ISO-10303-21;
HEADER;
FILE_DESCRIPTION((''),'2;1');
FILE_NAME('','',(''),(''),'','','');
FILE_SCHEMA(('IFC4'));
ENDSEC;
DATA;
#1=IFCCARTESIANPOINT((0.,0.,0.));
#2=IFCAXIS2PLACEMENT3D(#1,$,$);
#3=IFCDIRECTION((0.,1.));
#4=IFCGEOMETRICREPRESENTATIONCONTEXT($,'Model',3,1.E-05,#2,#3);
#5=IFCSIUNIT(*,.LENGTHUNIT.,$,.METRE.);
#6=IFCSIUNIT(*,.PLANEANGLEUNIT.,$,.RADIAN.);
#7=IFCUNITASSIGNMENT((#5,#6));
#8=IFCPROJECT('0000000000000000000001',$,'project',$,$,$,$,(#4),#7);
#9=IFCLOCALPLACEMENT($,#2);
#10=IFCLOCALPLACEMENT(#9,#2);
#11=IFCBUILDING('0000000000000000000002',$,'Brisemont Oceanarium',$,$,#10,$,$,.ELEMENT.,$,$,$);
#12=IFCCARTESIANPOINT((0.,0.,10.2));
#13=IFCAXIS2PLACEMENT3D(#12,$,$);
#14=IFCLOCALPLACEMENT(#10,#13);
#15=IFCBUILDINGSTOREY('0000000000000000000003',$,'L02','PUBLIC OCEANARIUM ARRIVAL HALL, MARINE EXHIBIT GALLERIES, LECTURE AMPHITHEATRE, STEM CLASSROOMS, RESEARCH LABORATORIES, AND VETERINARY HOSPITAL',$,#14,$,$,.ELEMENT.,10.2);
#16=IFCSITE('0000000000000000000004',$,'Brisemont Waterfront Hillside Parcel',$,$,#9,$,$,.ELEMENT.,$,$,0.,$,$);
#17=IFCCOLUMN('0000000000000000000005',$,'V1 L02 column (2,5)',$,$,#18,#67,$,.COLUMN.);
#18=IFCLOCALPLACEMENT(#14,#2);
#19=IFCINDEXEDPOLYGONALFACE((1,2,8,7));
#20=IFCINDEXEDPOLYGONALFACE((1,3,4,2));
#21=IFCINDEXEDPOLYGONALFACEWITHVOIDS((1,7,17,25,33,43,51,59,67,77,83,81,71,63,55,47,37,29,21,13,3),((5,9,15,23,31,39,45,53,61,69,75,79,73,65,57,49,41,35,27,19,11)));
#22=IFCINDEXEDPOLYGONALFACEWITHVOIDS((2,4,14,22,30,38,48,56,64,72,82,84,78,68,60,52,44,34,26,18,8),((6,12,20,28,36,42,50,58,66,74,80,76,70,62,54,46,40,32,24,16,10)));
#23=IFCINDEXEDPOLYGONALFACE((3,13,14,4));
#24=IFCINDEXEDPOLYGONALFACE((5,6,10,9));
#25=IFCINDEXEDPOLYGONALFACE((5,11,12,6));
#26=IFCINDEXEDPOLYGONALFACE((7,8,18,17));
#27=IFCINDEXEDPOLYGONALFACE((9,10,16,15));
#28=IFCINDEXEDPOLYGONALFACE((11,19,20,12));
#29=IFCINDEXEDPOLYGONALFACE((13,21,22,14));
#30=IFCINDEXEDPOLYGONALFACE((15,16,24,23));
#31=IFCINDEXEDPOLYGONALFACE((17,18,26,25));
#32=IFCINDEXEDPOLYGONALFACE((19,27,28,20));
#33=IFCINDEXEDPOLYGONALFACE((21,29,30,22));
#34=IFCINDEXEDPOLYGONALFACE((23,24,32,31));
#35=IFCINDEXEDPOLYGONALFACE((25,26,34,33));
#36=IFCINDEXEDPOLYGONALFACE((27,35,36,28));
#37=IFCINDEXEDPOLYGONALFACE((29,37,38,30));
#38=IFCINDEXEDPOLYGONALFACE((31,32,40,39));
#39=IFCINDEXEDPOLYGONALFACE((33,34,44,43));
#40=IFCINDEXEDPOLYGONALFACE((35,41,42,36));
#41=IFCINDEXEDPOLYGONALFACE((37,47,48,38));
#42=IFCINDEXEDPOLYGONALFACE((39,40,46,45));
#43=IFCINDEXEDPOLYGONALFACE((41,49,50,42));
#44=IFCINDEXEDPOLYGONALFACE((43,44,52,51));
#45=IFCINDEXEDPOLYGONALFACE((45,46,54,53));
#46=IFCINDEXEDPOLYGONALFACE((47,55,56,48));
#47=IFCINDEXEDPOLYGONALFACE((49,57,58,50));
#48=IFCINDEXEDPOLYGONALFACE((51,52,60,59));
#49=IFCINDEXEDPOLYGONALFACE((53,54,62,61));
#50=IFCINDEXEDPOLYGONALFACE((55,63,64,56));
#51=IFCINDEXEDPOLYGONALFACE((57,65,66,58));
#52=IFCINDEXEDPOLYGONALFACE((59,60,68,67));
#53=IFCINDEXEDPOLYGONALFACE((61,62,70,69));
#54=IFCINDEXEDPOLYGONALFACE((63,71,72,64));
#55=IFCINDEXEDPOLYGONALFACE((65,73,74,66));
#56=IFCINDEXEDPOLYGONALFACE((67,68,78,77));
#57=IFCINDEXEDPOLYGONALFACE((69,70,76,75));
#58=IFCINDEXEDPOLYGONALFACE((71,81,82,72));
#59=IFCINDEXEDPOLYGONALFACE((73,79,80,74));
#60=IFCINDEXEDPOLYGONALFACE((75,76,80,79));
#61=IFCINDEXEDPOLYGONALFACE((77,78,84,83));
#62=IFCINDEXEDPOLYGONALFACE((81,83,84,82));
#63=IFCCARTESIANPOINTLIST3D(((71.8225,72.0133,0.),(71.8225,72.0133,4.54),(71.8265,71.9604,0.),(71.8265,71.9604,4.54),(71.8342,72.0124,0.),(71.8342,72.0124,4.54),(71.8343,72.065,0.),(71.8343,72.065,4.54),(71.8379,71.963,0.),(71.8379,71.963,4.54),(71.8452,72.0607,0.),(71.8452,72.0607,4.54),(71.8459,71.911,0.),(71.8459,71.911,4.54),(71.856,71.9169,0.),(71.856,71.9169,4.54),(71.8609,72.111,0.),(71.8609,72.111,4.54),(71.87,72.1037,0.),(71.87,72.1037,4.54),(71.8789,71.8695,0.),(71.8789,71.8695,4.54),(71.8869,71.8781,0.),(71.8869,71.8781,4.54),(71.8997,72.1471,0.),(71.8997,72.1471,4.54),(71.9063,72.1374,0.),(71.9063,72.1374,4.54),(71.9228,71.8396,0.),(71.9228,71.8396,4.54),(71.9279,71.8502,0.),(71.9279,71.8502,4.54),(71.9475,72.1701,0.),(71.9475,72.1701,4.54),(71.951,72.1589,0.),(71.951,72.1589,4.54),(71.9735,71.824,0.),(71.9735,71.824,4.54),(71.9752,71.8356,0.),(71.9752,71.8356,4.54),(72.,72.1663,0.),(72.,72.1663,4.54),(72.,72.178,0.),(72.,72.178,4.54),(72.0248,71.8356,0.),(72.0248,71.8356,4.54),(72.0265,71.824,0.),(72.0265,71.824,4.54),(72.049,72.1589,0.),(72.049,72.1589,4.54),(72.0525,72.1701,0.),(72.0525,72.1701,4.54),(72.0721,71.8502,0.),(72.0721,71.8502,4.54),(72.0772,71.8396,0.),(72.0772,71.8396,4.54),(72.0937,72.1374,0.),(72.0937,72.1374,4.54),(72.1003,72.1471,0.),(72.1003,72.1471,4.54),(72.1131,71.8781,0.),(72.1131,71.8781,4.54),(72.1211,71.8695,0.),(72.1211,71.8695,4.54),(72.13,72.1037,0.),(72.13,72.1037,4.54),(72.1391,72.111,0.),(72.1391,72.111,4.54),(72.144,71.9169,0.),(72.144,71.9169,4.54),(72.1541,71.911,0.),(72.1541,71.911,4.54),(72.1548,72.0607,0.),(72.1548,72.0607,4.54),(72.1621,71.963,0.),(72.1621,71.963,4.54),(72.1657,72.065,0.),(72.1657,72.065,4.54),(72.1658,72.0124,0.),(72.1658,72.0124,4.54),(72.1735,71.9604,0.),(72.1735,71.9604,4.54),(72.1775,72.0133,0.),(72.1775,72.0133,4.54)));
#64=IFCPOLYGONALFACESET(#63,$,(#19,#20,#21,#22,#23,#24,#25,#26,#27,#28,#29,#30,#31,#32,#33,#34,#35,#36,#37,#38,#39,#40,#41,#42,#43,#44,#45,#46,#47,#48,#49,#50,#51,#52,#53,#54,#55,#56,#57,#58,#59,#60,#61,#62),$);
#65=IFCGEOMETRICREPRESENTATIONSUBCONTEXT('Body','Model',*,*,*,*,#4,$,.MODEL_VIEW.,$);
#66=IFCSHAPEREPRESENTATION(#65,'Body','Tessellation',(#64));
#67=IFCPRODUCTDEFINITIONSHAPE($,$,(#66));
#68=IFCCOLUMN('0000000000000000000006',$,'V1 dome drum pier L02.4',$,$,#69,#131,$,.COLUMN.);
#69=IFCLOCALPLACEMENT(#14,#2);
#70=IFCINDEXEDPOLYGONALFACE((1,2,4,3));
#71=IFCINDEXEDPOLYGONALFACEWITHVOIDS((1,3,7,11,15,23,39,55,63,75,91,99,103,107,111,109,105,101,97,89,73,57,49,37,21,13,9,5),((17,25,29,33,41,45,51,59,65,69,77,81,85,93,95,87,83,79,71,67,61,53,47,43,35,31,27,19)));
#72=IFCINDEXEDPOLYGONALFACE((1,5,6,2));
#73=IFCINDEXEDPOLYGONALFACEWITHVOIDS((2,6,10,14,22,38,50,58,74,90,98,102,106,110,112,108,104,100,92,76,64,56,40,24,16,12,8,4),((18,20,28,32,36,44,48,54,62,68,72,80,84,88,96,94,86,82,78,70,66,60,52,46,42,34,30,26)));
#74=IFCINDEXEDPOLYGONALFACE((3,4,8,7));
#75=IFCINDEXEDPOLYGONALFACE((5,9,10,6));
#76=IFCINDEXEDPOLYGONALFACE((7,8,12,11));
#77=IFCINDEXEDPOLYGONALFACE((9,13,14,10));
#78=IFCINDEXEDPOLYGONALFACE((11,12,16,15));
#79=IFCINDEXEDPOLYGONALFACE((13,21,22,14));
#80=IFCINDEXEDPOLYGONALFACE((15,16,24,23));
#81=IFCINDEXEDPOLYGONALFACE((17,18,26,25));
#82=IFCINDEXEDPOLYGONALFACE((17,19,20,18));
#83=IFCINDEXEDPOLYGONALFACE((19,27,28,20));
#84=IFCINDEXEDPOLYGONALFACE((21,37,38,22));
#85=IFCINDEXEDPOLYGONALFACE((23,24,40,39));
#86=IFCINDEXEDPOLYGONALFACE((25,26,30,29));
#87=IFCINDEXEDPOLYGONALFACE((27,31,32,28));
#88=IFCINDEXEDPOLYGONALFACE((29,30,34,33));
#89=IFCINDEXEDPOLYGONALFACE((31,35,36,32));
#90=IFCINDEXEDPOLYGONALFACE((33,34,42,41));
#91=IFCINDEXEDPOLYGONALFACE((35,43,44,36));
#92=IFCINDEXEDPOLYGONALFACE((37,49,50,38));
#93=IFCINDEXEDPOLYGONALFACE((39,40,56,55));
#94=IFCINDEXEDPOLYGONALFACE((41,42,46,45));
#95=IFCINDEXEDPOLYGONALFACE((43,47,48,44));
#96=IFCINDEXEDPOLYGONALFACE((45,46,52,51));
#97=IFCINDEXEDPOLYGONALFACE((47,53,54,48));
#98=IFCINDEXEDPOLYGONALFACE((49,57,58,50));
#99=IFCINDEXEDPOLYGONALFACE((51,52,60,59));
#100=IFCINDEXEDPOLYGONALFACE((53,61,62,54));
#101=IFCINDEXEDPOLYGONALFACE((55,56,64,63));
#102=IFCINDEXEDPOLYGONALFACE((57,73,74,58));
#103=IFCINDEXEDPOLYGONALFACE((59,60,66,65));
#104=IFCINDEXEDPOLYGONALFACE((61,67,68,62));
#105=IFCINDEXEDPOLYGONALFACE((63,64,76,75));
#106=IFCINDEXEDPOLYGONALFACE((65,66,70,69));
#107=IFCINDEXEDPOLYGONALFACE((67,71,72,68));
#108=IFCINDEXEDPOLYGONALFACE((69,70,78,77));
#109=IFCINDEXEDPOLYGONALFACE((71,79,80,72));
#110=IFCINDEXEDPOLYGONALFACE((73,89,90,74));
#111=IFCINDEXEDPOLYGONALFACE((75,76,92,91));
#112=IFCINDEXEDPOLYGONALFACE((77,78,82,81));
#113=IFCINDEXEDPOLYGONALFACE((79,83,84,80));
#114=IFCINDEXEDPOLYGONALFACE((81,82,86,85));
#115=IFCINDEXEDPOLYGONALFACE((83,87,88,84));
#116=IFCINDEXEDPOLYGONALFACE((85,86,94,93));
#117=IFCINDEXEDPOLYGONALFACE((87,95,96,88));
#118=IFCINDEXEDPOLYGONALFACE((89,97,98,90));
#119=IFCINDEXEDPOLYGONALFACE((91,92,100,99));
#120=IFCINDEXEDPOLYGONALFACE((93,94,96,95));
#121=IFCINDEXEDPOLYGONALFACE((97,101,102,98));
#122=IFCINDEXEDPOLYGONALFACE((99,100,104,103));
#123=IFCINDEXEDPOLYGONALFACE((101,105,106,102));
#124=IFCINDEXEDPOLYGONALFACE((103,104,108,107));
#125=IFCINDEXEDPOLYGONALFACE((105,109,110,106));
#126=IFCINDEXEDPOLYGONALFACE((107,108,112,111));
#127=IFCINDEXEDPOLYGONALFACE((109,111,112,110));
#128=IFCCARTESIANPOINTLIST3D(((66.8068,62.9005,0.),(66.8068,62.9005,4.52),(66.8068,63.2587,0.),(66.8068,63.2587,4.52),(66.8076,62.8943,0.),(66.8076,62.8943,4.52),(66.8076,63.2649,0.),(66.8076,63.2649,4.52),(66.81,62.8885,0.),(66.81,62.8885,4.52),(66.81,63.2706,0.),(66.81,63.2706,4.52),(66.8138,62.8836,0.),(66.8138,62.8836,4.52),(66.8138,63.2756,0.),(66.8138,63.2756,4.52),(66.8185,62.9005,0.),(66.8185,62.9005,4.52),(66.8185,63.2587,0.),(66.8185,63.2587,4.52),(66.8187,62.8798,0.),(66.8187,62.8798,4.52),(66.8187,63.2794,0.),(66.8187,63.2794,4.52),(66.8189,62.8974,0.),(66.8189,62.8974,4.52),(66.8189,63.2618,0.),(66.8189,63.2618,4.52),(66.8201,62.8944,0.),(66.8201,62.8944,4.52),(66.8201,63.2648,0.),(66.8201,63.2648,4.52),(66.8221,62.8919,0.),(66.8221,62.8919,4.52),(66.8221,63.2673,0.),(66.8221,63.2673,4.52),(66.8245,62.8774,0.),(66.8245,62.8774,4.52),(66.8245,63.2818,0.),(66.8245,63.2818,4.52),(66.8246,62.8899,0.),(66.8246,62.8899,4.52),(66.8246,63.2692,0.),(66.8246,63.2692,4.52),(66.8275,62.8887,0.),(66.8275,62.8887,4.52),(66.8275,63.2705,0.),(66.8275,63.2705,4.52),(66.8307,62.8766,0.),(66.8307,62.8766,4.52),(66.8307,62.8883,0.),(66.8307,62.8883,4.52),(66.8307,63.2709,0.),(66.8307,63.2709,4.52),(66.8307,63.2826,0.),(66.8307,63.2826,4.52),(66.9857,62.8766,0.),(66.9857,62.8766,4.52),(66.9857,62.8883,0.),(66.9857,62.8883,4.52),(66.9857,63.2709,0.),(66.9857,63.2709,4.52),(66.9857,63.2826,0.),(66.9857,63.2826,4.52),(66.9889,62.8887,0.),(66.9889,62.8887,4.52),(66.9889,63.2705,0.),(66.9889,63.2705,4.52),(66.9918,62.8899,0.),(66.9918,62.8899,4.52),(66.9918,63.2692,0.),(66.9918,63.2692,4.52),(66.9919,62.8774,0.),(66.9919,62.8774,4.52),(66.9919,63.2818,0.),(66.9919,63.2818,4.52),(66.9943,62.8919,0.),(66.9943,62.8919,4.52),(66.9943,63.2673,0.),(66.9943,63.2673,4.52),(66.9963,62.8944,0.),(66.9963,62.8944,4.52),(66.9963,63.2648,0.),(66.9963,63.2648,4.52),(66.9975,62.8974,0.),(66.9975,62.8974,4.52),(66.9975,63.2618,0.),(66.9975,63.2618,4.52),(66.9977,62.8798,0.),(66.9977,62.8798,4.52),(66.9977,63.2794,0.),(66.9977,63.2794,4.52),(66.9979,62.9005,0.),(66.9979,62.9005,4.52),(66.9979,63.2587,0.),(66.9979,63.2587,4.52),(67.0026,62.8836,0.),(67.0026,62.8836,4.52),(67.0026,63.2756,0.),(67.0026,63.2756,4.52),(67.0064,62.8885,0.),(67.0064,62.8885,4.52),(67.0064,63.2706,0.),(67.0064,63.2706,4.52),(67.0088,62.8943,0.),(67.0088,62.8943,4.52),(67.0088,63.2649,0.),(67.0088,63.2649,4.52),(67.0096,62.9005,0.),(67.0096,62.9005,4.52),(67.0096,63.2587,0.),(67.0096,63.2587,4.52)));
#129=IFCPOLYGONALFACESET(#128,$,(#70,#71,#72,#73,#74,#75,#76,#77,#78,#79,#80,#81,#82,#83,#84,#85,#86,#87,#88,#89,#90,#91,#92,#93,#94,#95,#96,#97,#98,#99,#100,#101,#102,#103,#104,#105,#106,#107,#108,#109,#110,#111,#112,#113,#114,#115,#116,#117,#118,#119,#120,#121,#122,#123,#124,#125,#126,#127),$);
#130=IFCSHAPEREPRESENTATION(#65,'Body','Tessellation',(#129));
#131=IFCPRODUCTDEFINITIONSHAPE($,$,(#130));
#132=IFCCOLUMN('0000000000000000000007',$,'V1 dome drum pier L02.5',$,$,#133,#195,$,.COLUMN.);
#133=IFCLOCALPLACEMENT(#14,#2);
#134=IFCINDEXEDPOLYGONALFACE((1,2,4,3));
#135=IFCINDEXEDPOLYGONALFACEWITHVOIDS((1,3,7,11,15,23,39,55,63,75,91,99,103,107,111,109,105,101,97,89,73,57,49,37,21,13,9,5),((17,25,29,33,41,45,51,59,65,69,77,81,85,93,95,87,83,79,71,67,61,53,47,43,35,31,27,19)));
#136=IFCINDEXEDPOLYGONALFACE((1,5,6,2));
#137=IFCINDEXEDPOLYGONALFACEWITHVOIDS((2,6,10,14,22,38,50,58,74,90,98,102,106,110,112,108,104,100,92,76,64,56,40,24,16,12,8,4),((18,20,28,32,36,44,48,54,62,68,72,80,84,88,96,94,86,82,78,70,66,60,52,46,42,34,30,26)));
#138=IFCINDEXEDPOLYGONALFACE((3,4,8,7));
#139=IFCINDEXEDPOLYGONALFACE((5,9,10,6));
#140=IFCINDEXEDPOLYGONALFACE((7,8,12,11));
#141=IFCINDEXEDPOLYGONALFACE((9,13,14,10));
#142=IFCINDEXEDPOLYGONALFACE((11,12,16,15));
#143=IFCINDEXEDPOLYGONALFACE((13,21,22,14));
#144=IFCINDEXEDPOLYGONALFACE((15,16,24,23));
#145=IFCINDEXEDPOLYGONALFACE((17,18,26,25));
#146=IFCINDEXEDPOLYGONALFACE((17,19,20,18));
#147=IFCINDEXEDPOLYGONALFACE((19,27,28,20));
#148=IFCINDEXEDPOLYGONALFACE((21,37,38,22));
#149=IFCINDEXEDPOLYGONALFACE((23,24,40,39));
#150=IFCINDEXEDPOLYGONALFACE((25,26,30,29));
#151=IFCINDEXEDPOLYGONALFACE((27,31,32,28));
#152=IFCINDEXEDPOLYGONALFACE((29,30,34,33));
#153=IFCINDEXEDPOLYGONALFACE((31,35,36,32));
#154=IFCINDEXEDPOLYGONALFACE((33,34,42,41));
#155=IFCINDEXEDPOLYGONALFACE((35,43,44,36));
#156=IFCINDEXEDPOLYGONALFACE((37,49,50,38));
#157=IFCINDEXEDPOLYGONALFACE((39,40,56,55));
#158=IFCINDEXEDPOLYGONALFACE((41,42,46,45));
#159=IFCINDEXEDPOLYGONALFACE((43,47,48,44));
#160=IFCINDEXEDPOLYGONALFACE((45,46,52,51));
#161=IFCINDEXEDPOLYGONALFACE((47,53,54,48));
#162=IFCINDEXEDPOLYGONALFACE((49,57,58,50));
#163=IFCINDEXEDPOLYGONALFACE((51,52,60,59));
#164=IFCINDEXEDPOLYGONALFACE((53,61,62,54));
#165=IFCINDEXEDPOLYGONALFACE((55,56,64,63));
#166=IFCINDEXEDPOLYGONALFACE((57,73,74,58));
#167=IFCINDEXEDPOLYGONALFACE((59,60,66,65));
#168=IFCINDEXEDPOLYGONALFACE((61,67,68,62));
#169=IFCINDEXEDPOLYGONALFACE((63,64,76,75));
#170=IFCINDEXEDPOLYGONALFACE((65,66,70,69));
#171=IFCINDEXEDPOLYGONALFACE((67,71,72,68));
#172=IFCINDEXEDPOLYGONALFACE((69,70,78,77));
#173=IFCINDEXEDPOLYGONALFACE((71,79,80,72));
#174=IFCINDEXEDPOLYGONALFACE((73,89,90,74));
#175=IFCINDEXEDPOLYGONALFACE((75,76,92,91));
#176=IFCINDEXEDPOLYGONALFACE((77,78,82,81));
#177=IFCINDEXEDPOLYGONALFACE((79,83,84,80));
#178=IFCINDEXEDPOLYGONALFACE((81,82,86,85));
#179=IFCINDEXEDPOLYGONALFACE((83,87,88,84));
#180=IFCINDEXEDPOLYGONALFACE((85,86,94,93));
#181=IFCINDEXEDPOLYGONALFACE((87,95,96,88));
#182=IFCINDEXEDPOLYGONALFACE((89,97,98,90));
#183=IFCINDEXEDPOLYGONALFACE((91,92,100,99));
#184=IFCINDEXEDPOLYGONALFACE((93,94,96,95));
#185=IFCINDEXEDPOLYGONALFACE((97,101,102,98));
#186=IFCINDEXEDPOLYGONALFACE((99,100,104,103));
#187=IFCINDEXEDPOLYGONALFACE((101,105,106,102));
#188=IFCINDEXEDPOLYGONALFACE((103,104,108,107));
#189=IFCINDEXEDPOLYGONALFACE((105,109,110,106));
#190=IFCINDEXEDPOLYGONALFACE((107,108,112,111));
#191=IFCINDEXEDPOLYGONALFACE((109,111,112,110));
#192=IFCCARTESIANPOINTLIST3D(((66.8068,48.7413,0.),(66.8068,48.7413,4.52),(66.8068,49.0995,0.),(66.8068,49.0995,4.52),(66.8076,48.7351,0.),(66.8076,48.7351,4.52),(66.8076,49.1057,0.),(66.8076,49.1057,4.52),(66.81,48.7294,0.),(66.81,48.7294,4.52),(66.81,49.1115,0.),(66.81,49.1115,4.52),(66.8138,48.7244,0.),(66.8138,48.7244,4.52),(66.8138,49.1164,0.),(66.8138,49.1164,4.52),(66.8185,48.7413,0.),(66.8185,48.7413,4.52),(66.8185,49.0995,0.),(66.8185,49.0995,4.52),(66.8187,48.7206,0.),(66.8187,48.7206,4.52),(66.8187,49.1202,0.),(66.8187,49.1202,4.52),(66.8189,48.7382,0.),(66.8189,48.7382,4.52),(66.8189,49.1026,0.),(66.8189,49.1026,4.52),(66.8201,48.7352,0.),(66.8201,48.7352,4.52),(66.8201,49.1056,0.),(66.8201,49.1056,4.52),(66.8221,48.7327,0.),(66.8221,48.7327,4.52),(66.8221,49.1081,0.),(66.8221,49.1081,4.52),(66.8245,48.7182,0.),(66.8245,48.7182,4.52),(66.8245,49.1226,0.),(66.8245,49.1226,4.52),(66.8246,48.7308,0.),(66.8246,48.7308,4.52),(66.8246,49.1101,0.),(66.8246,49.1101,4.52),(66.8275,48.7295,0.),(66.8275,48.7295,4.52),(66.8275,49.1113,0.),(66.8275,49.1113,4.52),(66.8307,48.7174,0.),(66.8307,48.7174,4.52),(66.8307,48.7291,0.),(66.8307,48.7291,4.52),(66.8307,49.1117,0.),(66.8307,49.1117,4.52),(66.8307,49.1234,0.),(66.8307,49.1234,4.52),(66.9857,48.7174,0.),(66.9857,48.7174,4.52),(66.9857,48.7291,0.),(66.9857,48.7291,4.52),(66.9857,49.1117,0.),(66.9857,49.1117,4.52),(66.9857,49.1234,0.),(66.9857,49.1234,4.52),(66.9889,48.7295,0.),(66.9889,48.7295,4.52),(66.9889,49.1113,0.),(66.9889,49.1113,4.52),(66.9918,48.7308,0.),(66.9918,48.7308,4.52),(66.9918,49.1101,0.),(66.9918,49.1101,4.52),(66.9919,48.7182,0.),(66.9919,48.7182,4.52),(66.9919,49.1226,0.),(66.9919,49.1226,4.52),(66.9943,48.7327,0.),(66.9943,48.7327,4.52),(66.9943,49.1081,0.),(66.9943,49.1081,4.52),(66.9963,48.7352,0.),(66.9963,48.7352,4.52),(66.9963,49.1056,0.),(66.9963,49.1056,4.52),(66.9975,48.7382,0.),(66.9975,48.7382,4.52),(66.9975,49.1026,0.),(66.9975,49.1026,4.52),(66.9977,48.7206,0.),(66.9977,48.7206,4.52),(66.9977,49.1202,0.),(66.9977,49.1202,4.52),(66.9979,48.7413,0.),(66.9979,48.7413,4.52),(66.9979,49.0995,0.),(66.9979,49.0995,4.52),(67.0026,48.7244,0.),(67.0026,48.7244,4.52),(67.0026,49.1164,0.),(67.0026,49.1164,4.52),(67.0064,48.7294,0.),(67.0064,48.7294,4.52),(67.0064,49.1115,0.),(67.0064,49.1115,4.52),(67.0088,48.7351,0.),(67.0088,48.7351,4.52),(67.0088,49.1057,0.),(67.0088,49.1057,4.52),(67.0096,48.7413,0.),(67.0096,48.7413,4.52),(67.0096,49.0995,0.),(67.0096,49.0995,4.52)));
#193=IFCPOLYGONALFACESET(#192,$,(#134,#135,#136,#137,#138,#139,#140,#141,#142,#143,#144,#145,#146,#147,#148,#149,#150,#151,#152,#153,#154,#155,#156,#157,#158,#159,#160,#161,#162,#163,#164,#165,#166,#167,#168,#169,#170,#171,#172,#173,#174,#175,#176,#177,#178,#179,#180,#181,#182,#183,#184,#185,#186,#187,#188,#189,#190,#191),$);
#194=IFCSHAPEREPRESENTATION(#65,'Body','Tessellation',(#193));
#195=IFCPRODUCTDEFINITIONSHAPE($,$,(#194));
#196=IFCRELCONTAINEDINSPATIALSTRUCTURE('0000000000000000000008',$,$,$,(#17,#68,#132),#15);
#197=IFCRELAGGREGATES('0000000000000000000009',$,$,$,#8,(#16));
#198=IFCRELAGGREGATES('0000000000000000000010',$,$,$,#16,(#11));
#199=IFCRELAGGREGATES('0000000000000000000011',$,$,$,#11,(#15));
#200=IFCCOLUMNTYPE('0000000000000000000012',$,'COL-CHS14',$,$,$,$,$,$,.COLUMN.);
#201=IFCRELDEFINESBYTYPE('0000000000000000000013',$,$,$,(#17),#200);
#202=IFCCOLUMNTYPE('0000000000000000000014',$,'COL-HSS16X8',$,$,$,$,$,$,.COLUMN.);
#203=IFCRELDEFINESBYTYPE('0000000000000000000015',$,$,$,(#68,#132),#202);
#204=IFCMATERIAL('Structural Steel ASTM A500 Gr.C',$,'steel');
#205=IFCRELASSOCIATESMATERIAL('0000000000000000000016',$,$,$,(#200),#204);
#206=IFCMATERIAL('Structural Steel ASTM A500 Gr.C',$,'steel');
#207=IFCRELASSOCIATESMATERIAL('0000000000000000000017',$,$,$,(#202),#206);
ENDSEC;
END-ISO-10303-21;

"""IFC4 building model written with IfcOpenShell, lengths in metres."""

from ifc_helpers import new_model, si_unit, direction, frame, origin, origin_2d, place, context, subcontext, project, spatial, hollow_rectangle, hollow_circle, extrude, material, material_profile, profile_set, type_object, element, save


model = new_model("IFC4")

# Units and contexts
model_context = context("Model", 3, precision=1e-05, world=origin(), true_north=direction((0.0, 1.0)))
body_context = subcontext(model_context, "Body", "Model", "MODEL_VIEW")
ifc_project = project(units=[si_unit("LENGTHUNIT", "METRE"), si_unit("PLANEANGLEUNIT", "RADIAN")], contexts=[model_context])

# Site, building, storey
site_placement = place(None, origin())
site = spatial("IfcSite", under=ifc_project, at=site_placement, Name="Brisemont Waterfront Hillside Parcel", CompositionType="ELEMENT", RefElevation=0.0)
building_placement = place(site_placement, origin())
building = spatial("IfcBuilding", under=site, at=building_placement, Name="Brisemont Oceanarium", CompositionType="ELEMENT")
storey_placement = place(building_placement, frame((0.0, 0.0, 10.2)))
storey = spatial("IfcBuildingStorey", under=building, at=storey_placement, Name="L02", Description="PUBLIC OCEANARIUM ARRIVAL HALL, MARINE EXHIBIT GALLERIES, LECTURE AMPHITHEATRE, STEM CLASSROOMS, RESEARCH LABORATORIES, AND VETERINARY HOSPITAL", CompositionType="ELEMENT", Elevation=10.2)

# Columns
ifc_material_1 = material(Name="Structural Steel ASTM A500 Gr.C", Category="steel")
ifc_material_profile_1 = material_profile(ifc_material_1, hollow_circle(Radius=0.178, WallThickness=0.0117, at=origin_2d()), Name="HSS14.000X0.500")
ifc_profile_set_1 = profile_set([ifc_material_profile_1], Name="Structural Steel ASTM A500 Gr.C")
column_type_1 = type_object("IfcColumnType", Name="COL-CHS14", PredefinedType="COLUMN", material=ifc_profile_set_1)
column_1_placement = place(storey_placement, frame((72.0, 72.0, 0.0), z_axis=(0.0, 0.0, 1.0), x_axis=(0.0, 1.0, 0.0)))
element("IfcColumn", 1, at=column_1_placement, inside=storey, type_object=column_type_1, Name="V1 L02 column (2,5)", PredefinedType="COLUMN", context=body_context, shape_type="SweptSolid", body=[
    extrude(hollow_circle(Radius=0.178, WallThickness=0.0117, at=origin_2d()), origin(), (0.0, 0.0, 1.0), 4.54),
])
ifc_material_2 = material(Name="Structural Steel ASTM A500 Gr.C", Category="steel")
ifc_material_profile_2 = material_profile(ifc_material_2, hollow_rectangle(XDim=0.2029, YDim=0.406, WallThickness=0.0117, InnerFilletRadius=0.0122, OuterFilletRadius=0.0239, at=origin_2d()), Name="HSS16X8X1/2")
ifc_profile_set_2 = profile_set([ifc_material_profile_2], Name="Structural Steel ASTM A500 Gr.C")
column_type_2 = type_object("IfcColumnType", Name="COL-HSS16X8", PredefinedType="COLUMN", material=ifc_profile_set_2)
for number, where, z_axis, x_axis, name in (
    (2, (66.9082, 63.0796, 0.0), (0.0, 0.0, 1.0), (1.0, 0.0, 0.0), "V1 dome drum pier L02.4"),
    (3, (66.9082, 48.9204, 0.0), (0.0, 0.0, 1.0), (1.0, 0.0, 0.0), "V1 dome drum pier L02.5"),
):
    element("IfcColumn", number, at=place(storey_placement, frame(where, z_axis=z_axis, x_axis=x_axis)), inside=storey, type_object=column_type_2, Name=name, PredefinedType="COLUMN", context=body_context, shape_type="SweptSolid", body=[
        extrude(hollow_rectangle(XDim=0.2029, YDim=0.406, WallThickness=0.0117, InnerFilletRadius=0.0122, OuterFilletRadius=0.0239, at=origin_2d()), origin(), (0.0, 0.0, 1.0), 4.52),
    ])

save(model, "model.ifc")
